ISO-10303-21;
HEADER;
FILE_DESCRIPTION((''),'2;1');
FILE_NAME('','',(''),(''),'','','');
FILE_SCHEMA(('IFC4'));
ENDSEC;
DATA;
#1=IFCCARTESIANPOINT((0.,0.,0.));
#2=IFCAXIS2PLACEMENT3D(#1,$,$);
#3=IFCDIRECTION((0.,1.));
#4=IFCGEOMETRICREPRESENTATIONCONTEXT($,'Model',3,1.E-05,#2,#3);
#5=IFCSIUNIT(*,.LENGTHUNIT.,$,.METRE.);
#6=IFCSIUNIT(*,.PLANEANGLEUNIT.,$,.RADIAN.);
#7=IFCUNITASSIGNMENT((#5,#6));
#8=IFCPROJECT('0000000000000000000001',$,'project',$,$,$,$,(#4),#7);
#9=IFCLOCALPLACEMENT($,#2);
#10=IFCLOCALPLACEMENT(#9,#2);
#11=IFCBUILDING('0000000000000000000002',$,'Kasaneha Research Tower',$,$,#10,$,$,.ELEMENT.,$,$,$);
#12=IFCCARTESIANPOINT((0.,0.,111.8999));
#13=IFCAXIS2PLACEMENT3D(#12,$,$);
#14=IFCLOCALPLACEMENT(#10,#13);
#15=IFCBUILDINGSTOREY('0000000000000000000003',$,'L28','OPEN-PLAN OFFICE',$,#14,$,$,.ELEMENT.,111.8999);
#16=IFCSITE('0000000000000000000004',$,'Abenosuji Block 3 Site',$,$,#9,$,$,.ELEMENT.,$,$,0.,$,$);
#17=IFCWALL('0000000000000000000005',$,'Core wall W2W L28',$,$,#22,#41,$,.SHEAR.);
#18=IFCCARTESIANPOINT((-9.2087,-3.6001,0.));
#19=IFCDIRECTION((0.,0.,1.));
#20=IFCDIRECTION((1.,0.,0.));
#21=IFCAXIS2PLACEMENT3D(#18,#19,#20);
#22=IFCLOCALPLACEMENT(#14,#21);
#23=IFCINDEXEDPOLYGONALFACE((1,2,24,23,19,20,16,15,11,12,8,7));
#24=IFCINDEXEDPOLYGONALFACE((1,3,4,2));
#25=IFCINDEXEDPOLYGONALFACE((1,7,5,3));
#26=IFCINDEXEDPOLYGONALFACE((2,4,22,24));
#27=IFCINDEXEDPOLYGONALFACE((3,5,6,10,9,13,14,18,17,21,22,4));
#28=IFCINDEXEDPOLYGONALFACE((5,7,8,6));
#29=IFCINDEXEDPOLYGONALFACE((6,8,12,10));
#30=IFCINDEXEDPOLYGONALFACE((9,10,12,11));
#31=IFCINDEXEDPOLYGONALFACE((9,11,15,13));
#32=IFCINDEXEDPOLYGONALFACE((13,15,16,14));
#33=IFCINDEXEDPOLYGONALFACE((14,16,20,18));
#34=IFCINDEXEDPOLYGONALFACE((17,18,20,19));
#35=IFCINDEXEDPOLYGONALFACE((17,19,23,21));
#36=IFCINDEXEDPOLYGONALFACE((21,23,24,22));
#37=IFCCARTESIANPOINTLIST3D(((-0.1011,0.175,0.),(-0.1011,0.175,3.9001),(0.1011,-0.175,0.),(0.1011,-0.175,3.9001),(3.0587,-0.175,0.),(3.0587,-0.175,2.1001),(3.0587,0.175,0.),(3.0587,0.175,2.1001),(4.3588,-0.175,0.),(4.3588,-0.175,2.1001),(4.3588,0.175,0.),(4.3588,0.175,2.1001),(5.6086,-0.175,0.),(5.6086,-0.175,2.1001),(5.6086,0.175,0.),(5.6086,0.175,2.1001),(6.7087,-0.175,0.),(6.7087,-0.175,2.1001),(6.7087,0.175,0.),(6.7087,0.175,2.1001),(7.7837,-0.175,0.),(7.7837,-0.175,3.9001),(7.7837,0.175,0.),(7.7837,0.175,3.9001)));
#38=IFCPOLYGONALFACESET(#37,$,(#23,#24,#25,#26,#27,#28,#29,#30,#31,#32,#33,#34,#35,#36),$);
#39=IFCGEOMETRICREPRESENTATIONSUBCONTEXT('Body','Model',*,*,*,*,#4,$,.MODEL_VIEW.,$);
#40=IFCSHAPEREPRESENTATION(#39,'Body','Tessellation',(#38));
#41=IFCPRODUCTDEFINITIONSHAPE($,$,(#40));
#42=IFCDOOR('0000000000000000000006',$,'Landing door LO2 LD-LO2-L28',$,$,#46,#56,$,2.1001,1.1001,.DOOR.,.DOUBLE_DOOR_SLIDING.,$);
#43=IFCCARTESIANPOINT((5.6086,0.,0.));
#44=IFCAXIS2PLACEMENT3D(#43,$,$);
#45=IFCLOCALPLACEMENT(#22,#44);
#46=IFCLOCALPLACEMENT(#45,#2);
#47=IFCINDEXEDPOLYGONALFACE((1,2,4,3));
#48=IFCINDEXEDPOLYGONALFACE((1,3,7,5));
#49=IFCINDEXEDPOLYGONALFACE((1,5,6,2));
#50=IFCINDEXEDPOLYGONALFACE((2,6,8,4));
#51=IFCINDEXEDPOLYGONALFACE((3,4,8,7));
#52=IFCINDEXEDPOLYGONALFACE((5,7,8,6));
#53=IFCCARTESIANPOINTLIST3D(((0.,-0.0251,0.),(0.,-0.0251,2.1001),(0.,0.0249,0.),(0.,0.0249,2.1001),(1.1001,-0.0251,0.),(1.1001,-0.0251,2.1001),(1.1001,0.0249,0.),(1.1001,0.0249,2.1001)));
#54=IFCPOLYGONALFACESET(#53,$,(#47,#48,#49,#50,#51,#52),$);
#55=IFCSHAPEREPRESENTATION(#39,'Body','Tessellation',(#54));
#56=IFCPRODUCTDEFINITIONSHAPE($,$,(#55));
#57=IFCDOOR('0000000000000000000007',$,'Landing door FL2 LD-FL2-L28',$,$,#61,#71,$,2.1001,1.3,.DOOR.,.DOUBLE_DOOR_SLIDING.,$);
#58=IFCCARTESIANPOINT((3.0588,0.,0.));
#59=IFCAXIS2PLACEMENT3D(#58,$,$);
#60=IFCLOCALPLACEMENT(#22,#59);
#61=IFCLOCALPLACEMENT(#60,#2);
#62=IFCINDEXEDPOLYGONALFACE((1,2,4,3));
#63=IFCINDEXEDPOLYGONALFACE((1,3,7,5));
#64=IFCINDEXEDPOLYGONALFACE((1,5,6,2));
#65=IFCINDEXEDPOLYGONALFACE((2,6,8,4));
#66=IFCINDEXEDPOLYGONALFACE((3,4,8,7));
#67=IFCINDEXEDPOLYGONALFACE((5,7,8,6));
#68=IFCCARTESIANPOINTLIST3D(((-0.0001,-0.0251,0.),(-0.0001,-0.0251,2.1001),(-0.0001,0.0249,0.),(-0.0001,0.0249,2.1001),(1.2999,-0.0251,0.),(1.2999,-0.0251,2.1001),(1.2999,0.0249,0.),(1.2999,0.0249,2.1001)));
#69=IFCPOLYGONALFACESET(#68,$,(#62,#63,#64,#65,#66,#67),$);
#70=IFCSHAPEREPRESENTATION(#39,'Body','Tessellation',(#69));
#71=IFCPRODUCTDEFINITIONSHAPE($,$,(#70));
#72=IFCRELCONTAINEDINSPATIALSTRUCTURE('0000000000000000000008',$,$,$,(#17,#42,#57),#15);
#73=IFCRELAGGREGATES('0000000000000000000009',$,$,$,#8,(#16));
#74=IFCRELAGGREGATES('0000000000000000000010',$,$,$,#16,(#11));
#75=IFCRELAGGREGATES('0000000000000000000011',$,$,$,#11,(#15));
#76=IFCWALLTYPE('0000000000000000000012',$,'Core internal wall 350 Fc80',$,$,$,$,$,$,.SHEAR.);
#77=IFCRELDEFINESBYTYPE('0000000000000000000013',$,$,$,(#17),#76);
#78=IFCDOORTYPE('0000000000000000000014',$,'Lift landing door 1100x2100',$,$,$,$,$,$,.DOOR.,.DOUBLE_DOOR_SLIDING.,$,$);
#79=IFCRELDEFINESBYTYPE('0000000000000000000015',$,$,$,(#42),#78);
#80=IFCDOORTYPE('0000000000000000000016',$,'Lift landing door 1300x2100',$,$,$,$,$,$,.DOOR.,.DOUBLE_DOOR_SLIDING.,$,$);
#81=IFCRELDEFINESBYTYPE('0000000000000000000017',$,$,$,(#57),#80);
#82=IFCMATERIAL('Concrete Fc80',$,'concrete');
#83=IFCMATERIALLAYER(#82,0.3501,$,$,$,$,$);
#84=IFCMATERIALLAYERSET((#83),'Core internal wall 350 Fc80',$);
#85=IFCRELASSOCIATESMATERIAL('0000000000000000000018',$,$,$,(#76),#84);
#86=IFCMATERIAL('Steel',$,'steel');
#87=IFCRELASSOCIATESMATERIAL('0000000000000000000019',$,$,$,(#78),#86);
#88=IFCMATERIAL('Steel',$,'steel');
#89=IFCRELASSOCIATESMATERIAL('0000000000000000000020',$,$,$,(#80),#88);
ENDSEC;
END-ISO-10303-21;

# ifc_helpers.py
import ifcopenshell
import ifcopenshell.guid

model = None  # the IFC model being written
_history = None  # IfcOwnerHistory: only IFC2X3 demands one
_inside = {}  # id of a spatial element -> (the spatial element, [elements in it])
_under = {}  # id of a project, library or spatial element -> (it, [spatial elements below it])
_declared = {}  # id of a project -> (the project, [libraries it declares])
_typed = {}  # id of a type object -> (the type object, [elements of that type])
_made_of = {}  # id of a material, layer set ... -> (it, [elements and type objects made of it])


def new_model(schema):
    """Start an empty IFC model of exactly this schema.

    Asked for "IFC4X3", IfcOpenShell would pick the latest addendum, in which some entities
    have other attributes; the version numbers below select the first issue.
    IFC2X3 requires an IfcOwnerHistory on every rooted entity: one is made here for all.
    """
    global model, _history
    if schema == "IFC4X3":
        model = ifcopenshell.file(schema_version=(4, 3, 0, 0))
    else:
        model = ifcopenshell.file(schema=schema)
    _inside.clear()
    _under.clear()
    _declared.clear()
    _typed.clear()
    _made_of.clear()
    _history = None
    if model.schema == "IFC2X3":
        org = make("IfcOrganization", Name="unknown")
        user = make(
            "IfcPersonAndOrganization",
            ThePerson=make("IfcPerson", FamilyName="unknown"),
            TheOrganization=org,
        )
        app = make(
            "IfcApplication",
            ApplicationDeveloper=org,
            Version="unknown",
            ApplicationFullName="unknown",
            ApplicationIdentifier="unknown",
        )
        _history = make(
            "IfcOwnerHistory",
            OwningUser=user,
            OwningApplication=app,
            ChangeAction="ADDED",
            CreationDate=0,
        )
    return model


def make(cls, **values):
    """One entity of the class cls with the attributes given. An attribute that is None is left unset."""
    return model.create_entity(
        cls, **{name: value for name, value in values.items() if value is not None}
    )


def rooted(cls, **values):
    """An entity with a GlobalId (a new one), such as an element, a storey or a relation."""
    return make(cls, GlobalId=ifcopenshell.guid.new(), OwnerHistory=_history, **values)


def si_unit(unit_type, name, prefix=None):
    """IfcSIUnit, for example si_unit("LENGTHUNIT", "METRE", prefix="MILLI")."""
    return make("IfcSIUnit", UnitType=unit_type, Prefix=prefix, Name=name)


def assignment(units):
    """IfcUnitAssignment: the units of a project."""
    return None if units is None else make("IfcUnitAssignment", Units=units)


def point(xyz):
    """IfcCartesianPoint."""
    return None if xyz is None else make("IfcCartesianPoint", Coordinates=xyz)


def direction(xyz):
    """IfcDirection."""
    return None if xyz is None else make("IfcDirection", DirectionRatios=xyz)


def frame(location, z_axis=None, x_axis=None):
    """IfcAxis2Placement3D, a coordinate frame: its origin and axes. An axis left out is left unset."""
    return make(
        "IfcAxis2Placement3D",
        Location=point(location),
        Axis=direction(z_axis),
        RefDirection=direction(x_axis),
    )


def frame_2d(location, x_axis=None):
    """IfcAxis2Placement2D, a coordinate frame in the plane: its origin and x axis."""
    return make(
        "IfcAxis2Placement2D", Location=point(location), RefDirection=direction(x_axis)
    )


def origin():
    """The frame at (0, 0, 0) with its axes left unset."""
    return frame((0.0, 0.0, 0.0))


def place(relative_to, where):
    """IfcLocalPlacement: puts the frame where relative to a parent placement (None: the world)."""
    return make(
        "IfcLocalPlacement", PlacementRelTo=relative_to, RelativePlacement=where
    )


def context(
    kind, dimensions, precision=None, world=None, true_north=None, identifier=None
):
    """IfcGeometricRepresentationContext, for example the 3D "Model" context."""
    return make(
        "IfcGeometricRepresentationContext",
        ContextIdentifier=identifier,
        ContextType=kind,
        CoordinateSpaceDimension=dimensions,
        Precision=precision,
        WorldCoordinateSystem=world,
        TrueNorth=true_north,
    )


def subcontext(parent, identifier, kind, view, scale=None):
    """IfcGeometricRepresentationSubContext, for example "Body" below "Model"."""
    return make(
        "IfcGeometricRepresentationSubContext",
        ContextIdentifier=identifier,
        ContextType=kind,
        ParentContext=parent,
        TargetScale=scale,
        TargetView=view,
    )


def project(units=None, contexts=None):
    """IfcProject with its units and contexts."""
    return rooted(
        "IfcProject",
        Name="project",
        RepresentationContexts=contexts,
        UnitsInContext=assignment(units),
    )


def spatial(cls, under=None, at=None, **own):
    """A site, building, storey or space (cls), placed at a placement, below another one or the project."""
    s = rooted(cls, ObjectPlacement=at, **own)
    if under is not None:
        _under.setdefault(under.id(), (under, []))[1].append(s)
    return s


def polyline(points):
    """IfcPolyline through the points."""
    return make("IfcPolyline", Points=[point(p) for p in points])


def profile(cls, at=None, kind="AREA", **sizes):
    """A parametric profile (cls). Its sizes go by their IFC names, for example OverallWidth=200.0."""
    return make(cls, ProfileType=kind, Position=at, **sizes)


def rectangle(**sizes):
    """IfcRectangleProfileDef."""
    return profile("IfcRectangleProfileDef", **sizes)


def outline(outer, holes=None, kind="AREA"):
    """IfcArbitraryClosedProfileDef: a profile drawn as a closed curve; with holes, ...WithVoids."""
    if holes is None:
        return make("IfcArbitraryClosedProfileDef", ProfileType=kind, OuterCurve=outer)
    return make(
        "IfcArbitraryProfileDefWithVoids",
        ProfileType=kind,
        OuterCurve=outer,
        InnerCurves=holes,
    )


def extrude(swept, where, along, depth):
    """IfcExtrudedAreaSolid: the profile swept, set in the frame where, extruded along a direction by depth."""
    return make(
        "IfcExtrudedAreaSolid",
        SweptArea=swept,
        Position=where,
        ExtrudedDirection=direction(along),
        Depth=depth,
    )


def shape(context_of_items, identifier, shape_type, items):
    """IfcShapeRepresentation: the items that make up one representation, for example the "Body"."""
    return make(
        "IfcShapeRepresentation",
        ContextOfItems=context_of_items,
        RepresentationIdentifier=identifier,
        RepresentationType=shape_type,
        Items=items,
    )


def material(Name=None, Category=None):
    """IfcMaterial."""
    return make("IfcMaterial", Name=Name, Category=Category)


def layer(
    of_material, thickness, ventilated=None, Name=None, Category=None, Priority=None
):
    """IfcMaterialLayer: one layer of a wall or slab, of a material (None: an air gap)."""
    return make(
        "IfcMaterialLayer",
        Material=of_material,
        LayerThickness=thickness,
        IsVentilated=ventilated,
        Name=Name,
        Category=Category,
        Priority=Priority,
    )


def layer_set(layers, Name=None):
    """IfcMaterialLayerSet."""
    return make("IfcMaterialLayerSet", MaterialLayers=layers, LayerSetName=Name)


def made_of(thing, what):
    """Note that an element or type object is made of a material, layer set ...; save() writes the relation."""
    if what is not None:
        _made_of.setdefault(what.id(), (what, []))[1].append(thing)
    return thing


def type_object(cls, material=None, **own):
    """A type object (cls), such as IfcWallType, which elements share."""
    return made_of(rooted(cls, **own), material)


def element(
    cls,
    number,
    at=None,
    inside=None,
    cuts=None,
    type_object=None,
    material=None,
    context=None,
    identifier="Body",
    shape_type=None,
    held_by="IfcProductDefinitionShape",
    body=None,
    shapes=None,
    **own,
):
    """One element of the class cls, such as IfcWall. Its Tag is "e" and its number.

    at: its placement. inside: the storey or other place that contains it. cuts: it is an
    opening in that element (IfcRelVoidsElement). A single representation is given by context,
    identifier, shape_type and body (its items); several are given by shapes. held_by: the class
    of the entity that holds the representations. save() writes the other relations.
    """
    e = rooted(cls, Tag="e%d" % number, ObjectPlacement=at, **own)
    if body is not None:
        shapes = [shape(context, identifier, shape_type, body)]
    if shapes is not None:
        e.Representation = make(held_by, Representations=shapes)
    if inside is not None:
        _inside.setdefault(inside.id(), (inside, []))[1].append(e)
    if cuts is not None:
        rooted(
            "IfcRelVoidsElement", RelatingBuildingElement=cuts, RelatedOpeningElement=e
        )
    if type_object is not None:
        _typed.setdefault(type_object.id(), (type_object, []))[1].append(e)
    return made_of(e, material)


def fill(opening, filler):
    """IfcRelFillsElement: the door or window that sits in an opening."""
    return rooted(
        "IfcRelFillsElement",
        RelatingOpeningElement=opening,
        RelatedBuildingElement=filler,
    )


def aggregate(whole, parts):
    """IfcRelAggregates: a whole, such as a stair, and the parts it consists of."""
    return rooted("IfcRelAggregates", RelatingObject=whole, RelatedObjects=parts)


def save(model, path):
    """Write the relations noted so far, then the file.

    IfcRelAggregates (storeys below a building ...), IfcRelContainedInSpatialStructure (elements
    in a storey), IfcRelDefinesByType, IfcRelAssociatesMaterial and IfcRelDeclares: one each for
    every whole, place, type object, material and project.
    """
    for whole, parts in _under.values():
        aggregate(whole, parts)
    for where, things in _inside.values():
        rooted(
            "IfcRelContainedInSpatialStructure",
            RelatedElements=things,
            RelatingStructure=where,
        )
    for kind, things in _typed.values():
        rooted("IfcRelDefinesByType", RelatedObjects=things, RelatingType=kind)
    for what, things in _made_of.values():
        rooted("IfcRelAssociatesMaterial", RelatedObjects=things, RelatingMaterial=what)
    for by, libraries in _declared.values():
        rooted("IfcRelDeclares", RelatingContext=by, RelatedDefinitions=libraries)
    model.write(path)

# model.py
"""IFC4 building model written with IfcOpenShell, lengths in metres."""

from ifc_helpers import new_model, si_unit, direction, frame, frame_2d, origin, place, context, subcontext, project, spatial, polyline, rectangle, outline, extrude, material, layer, layer_set, type_object, element, fill, save


model = new_model("IFC4")

# Units and contexts
model_context = context("Model", 3, precision=1e-05, world=origin(), true_north=direction((0.0, 1.0)))
body_context = subcontext(model_context, "Body", "Model", "MODEL_VIEW")
ifc_project = project(units=[si_unit("LENGTHUNIT", "METRE"), si_unit("PLANEANGLEUNIT", "RADIAN")], contexts=[model_context])

# Site, building, storey
site_placement = place(None, origin())
site = spatial("IfcSite", under=ifc_project, at=site_placement, Name="Abenosuji Block 3 Site", CompositionType="ELEMENT", RefElevation=0.0)
building_placement = place(site_placement, origin())
building = spatial("IfcBuilding", under=site, at=building_placement, Name="Kasaneha Research Tower", CompositionType="ELEMENT")
storey_placement = place(building_placement, frame((0.0, 0.0, 111.8999)))
storey = spatial("IfcBuildingStorey", under=building, at=storey_placement, Name="L28", Description="OPEN-PLAN OFFICE", CompositionType="ELEMENT", Elevation=111.8999)

# Wall, openings, doors
ifc_material_1 = material(Name="Concrete Fc80", Category="concrete")
ifc_layer_1 = layer(ifc_material_1, 0.3501)
ifc_layer_set_1 = layer_set([ifc_layer_1], Name="Core internal wall 350 Fc80")
wall_type_1 = type_object("IfcWallType", Name="Core internal wall 350 Fc80", PredefinedType="SHEAR", material=ifc_layer_set_1)
wall_1_placement = place(storey_placement, frame((-9.2087, -3.6001, 0.0), z_axis=(0.0, 0.0, 1.0), x_axis=(1.0, 0.0, 0.0)))
wall_1 = element("IfcWall", 1, at=wall_1_placement, inside=storey, type_object=wall_type_1, Name="Core wall W2W L28", PredefinedType="SHEAR", context=body_context, shape_type="SweptSolid", body=[
    extrude(outline(polyline([(0.1011, -0.175), (3.0588, -0.175), (4.3589, -0.175), (5.6086, -0.175), (6.7087, -0.175), (7.7837, -0.175), (7.7837, 0.175), (6.7087, 0.175), (5.6086, 0.175), (4.3589, 0.175), (3.0588, 0.175), (-0.1011, 0.175), (0.1011, -0.175)])), origin(), (0.0, 0.0, 1.0), 3.9001),
])
opening_1_placement = place(wall_1_placement, frame((5.6086, 0.0, 0.0)))
opening_1 = element("IfcOpeningElement", 2, at=opening_1_placement, cuts=wall_1, PredefinedType="OPENING", context=body_context, shape_type="SweptSolid", body=[
    extrude(rectangle(XDim=1.1001, YDim=2.1001, at=frame_2d((0.55, 1.05))), frame((0.0, 0.1851, 0.0), z_axis=(0.0, -1.0, 0.0), x_axis=(1.0, 0.0, 0.0)), (0.0, 0.0, 1.0), 0.3701),
])
opening_2_placement = place(wall_1_placement, frame((3.0588, 0.0, 0.0)))
opening_2 = element("IfcOpeningElement", 3, at=opening_2_placement, cuts=wall_1, PredefinedType="OPENING", context=body_context, shape_type="SweptSolid", body=[
    extrude(rectangle(XDim=1.3, YDim=2.1001, at=frame_2d((0.6499, 1.05))), frame((0.0, 0.1851, 0.0), z_axis=(0.0, -1.0, 0.0), x_axis=(1.0, 0.0, 0.0)), (0.0, 0.0, 1.0), 0.3701),
])
ifc_material_2 = material(Name="Steel", Category="steel")
door_type_1 = type_object("IfcDoorType", Name="Lift landing door 1100x2100", OperationType="DOUBLE_DOOR_SLIDING", PredefinedType="DOOR", material=ifc_material_2)
door_1_placement = place(opening_1_placement, origin())
door_1 = element("IfcDoor", 4, at=door_1_placement, inside=storey, type_object=door_type_1, Name="Landing door LO2 LD-LO2-L28", OperationType="DOUBLE_DOOR_SLIDING", OverallHeight=2.1001, OverallWidth=1.1001, PredefinedType="DOOR", context=body_context, shape_type="SweptSolid", body=[
    extrude(rectangle(XDim=1.1001, YDim=2.1001, at=frame_2d((0.55, 1.05))), frame((0.0, 0.0249, 0.0), z_axis=(0.0, -1.0, 0.0), x_axis=(1.0, 0.0, 0.0)), (0.0, 0.0, 1.0), 0.05),
])
fill(opening_1, door_1)
ifc_material_3 = material(Name="Steel", Category="steel")
door_type_2 = type_object("IfcDoorType", Name="Lift landing door 1300x2100", OperationType="DOUBLE_DOOR_SLIDING", PredefinedType="DOOR", material=ifc_material_3)
door_2_placement = place(opening_2_placement, origin())
door_2 = element("IfcDoor", 5, at=door_2_placement, inside=storey, type_object=door_type_2, Name="Landing door FL2 LD-FL2-L28", OperationType="DOUBLE_DOOR_SLIDING", OverallHeight=2.1001, OverallWidth=1.3, PredefinedType="DOOR", context=body_context, shape_type="SweptSolid", body=[
    extrude(rectangle(XDim=1.3, YDim=2.1001, at=frame_2d((0.6499, 1.05))), frame((0.0, 0.0249, 0.0), z_axis=(0.0, -1.0, 0.0), x_axis=(1.0, 0.0, 0.0)), (0.0, 0.0, 1.0), 0.05),
])
fill(opening_2, door_2)

save(model, "model.ifc")
